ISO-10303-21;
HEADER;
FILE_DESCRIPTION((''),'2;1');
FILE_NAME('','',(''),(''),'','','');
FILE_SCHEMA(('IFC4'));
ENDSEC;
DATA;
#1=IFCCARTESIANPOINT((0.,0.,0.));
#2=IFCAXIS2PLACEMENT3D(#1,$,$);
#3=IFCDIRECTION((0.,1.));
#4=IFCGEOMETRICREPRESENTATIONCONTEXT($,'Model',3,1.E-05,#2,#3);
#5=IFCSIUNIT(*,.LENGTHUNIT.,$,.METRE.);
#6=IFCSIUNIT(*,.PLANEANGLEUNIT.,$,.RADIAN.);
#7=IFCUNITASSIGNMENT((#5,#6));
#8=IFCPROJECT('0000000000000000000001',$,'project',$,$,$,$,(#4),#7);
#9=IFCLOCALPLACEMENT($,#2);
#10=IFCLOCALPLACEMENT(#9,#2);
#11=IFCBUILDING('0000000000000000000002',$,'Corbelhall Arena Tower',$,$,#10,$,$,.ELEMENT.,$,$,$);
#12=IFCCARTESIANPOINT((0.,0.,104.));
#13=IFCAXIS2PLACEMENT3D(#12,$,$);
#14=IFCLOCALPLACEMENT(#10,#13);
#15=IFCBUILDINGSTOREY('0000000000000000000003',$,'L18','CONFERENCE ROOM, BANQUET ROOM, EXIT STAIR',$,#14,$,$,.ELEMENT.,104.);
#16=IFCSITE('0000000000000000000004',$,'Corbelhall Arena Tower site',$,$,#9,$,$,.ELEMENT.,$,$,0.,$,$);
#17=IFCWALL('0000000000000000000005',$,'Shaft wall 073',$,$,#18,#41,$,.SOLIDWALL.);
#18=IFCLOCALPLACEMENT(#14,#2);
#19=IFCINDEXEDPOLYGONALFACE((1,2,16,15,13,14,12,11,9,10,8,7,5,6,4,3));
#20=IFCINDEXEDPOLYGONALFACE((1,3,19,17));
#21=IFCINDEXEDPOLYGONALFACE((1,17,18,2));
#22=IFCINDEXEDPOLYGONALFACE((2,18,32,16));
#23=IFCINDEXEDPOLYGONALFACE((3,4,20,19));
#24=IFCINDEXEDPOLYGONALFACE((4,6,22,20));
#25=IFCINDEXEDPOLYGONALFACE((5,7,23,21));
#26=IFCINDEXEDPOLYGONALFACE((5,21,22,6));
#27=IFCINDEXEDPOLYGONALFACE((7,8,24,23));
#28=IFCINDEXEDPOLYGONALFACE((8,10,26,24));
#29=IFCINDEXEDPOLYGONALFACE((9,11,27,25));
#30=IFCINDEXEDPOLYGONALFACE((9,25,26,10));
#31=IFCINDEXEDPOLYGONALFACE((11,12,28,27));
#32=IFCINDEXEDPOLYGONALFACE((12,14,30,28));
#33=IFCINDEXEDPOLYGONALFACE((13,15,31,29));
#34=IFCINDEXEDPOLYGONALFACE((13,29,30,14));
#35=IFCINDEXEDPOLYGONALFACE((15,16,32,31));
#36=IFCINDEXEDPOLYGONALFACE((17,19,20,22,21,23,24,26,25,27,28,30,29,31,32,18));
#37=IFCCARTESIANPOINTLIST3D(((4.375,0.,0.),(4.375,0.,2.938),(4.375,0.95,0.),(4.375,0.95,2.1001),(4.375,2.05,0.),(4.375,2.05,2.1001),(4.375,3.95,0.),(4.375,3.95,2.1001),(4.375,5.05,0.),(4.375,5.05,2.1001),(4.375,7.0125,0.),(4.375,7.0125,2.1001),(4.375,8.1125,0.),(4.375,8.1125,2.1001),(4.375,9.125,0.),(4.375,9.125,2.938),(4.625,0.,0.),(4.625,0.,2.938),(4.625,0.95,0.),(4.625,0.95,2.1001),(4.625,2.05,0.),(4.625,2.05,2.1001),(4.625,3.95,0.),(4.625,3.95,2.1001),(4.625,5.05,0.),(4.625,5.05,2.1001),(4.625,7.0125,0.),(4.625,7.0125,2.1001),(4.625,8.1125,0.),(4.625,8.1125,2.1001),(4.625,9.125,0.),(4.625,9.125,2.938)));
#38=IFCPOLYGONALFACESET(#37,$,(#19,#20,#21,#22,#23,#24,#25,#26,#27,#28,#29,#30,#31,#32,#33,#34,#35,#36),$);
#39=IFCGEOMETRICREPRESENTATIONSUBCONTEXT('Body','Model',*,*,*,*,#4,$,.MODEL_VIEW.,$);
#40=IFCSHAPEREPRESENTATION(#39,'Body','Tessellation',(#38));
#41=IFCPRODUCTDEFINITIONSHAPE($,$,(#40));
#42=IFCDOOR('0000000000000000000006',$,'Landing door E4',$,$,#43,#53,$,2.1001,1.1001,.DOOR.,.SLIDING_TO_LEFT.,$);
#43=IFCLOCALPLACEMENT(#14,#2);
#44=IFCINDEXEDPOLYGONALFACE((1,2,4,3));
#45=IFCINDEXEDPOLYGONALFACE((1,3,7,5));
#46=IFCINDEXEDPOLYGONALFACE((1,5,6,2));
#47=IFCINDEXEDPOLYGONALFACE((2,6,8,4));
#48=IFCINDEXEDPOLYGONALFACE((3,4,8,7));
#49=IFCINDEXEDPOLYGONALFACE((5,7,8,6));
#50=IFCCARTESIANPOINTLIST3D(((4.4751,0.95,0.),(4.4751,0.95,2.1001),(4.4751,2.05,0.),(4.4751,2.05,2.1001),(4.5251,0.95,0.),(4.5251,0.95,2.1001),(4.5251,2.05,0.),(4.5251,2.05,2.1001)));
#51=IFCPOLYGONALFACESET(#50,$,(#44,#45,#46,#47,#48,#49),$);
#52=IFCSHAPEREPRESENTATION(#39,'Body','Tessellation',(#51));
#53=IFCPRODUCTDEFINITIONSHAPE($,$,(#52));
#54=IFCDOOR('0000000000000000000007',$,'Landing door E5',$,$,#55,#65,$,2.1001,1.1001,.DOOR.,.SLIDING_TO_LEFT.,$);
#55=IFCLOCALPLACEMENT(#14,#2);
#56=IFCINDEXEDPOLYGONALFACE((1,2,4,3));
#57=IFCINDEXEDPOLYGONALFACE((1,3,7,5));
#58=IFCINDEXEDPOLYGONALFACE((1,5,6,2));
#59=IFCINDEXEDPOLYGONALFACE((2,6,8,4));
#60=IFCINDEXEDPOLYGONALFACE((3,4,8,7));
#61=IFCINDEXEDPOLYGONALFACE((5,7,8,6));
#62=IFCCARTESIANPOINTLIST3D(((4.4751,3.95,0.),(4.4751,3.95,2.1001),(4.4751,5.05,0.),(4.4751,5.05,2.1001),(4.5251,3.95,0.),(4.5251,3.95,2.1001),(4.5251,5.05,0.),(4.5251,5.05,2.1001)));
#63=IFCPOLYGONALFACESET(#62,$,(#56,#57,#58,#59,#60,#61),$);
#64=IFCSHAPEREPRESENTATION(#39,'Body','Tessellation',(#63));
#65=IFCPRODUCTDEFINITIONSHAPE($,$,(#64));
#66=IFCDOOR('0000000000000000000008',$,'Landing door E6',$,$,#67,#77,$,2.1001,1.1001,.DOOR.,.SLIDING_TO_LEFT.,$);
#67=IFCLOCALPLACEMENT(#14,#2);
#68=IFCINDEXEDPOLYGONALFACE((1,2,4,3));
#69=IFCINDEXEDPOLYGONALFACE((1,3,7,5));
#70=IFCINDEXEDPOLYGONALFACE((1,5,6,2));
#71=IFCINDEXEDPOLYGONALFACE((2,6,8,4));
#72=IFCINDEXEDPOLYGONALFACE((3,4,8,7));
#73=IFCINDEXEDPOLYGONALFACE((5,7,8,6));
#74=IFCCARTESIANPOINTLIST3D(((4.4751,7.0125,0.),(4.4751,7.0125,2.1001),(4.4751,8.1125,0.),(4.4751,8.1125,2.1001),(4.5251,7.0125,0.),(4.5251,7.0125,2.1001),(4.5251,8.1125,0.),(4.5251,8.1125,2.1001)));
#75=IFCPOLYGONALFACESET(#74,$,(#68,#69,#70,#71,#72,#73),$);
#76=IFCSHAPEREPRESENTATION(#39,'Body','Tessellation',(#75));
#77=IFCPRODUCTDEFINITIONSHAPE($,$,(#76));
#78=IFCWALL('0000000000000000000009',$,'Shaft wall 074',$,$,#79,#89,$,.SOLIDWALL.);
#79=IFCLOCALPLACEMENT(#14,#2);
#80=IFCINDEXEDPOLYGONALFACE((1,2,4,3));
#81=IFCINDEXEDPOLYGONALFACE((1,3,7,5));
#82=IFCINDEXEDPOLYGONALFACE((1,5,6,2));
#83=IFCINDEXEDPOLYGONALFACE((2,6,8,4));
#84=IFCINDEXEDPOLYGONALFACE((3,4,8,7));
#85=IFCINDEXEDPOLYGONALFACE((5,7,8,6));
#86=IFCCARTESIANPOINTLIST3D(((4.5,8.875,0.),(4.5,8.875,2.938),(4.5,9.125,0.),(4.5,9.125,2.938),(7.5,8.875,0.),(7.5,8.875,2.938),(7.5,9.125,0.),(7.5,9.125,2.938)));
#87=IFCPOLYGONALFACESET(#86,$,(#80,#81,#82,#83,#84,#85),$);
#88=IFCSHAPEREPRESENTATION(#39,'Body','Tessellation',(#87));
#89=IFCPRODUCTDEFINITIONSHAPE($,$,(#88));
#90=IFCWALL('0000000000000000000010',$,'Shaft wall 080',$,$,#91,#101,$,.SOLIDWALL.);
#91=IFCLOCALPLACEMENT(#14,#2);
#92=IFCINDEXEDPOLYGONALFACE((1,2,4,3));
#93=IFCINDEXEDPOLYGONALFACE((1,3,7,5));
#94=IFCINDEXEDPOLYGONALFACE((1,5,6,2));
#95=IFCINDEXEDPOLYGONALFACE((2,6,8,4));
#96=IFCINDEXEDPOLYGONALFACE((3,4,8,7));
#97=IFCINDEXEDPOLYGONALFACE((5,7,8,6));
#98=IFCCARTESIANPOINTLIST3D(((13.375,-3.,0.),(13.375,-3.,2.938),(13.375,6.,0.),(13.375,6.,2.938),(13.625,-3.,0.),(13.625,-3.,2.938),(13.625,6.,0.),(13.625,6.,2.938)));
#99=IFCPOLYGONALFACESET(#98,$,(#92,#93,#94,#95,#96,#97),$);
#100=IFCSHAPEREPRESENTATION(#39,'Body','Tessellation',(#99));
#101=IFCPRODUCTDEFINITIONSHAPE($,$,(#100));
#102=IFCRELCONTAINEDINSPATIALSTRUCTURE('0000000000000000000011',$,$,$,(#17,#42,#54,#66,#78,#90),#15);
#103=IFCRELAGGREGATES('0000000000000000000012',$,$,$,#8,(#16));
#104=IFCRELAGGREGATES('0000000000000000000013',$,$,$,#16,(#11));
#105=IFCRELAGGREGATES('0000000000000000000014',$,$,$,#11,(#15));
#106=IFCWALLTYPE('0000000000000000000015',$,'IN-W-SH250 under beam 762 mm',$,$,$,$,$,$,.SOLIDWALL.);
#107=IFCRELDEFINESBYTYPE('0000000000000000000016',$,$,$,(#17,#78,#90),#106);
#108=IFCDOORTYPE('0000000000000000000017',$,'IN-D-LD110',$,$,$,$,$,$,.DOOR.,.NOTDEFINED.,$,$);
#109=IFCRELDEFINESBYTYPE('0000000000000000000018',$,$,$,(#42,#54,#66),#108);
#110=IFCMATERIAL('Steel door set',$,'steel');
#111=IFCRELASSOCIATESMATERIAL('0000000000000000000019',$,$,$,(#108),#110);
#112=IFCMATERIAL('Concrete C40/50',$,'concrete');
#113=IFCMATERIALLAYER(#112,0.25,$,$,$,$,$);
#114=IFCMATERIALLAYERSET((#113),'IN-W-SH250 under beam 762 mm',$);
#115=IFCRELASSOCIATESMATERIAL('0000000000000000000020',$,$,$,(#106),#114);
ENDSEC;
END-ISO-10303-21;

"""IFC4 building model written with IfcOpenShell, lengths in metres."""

from ifc_helpers import new_model, si_unit, direction, frame, frame_2d, origin, place, context, subcontext, project, spatial, rectangle, extrude, material, layer, layer_set, type_object, element, fill, save


model = new_model("IFC4")

# Units and contexts
model_context = context("Model", 3, precision=1e-05, world=origin(), true_north=direction((0.0, 1.0)))
body_context = subcontext(model_context, "Body", "Model", "MODEL_VIEW")
ifc_project = project(units=[si_unit("LENGTHUNIT", "METRE"), si_unit("PLANEANGLEUNIT", "RADIAN")], contexts=[model_context])

# Site, building, storey
site_placement = place(None, origin())
site = spatial("IfcSite", under=ifc_project, at=site_placement, Name="Corbelhall Arena Tower site", CompositionType="ELEMENT", RefElevation=0.0)
building_placement = place(site_placement, origin())
building = spatial("IfcBuilding", under=site, at=building_placement, Name="Corbelhall Arena Tower", CompositionType="ELEMENT")
storey_placement = place(building_placement, frame((0.0, 0.0, 104.0)))
storey = spatial("IfcBuildingStorey", under=building, at=storey_placement, Name="L18", Description="CONFERENCE ROOM, BANQUET ROOM, EXIT STAIR", CompositionType="ELEMENT", Elevation=104.0)

# Shared definitions
ifc_material_1 = material(Name="Concrete C40/50", Category="concrete")

# Shared definitions
ifc_material_2 = material(Name="Steel door set", Category="steel")

# Shared definitions
door_type_1 = type_object("IfcDoorType", Name="IN-D-LD110", OperationType="NOTDEFINED", PredefinedType="DOOR", material=ifc_material_2)

# Wall, openings, doors
ifc_layer_1 = layer(ifc_material_1, 0.25)
ifc_layer_set_1 = layer_set([ifc_layer_1], Name="IN-W-SH250 under beam 762 mm")
wall_type_1 = type_object("IfcWallType", Name="IN-W-SH250 under beam 762 mm", PredefinedType="SOLIDWALL", material=ifc_layer_set_1)
wall_1_placement = place(storey_placement, frame((4.5, 0.0, 0.0), z_axis=(0.0, 0.0, 1.0), x_axis=(0.0, 1.0, 0.0)))
wall_1 = element("IfcWall", 1, at=wall_1_placement, inside=storey, type_object=wall_type_1, Name="Shaft wall 073", PredefinedType="SOLIDWALL", context=body_context, shape_type="SweptSolid", body=[
    extrude(rectangle(XDim=9.125, YDim=0.25, at=frame_2d((4.5625, 0.0))), origin(), (0.0, 0.0, 1.0), 2.938),
])
opening_1_placement = place(wall_1_placement, frame((0.95, 0.0, 0.0)))
opening_1 = element("IfcOpeningElement", 2, at=opening_1_placement, cuts=wall_1, PredefinedType="OPENING", context=body_context, shape_type="SweptSolid", body=[
    extrude(rectangle(XDim=1.1001, YDim=2.1001, at=frame_2d((0.55, 1.05))), frame((0.0, 0.125, 0.0), z_axis=(0.0, -1.0, 0.0), x_axis=(1.0, 0.0, 0.0)), (0.0, 0.0, 1.0), 0.25),
])
opening_2_placement = place(wall_1_placement, frame((3.95, 0.0, 0.0)))
opening_2 = element("IfcOpeningElement", 3, at=opening_2_placement, cuts=wall_1, PredefinedType="OPENING", context=body_context, shape_type="SweptSolid", body=[
    extrude(rectangle(XDim=1.1001, YDim=2.1001, at=frame_2d((0.55, 1.05))), frame((0.0, 0.125, 0.0), z_axis=(0.0, -1.0, 0.0), x_axis=(1.0, 0.0, 0.0)), (0.0, 0.0, 1.0), 0.25),
])
opening_3_placement = place(wall_1_placement, frame((7.0125, 0.0, 0.0)))
opening_3 = element("IfcOpeningElement", 4, at=opening_3_placement, cuts=wall_1, PredefinedType="OPENING", context=body_context, shape_type="SweptSolid", body=[
    extrude(rectangle(XDim=1.1001, YDim=2.1001, at=frame_2d((0.55, 1.05))), frame((0.0, 0.125, 0.0), z_axis=(0.0, -1.0, 0.0), x_axis=(1.0, 0.0, 0.0)), (0.0, 0.0, 1.0), 0.25),
])
door_1_placement = place(opening_1_placement, origin())
door_1 = element("IfcDoor", 5, at=door_1_placement, inside=storey, type_object=door_type_1, Name="Landing door E4", OperationType="SLIDING_TO_LEFT", OverallHeight=2.1001, OverallWidth=1.1001, PredefinedType="DOOR", context=body_context, shape_type="SweptSolid", body=[
    extrude(rectangle(XDim=1.1001, YDim=2.1001, at=frame_2d((0.55, 1.05))), frame((0.0, 0.0249, 0.0), z_axis=(0.0, -1.0, 0.0), x_axis=(1.0, 0.0, 0.0)), (0.0, 0.0, 1.0), 0.05),
])
fill(opening_1, door_1)
door_2_placement = place(opening_2_placement, origin())
door_2 = element("IfcDoor", 6, at=door_2_placement, inside=storey, type_object=door_type_1, Name="Landing door E5", OperationType="SLIDING_TO_LEFT", OverallHeight=2.1001, OverallWidth=1.1001, PredefinedType="DOOR", context=body_context, shape_type="SweptSolid", body=[
    extrude(rectangle(XDim=1.1001, YDim=2.1001, at=frame_2d((0.55, 1.05))), frame((0.0, 0.0249, 0.0), z_axis=(0.0, -1.0, 0.0), x_axis=(1.0, 0.0, 0.0)), (0.0, 0.0, 1.0), 0.05),
])
fill(opening_2, door_2)
door_3_placement = place(opening_3_placement, origin())
door_3 = element("IfcDoor", 7, at=door_3_placement, inside=storey, type_object=door_type_1, Name="Landing door E6", OperationType="SLIDING_TO_LEFT", OverallHeight=2.1001, OverallWidth=1.1001, PredefinedType="DOOR", context=body_context, shape_type="SweptSolid", body=[
    extrude(rectangle(XDim=1.1001, YDim=2.1001, at=frame_2d((0.55, 1.05))), frame((0.0, 0.0249, 0.0), z_axis=(0.0, -1.0, 0.0), x_axis=(1.0, 0.0, 0.0)), (0.0, 0.0, 1.0), 0.05),
])
fill(opening_3, door_3)

# Walls
wall_2_placement = place(storey_placement, frame((4.5, 9.0, 0.0), z_axis=(0.0, 0.0, 1.0), x_axis=(1.0, 0.0, 0.0)))
element("IfcWall", 8, at=wall_2_placement, inside=storey, type_object=wall_type_1, Name="Shaft wall 074", PredefinedType="SOLIDWALL", context=body_context, shape_type="SweptSolid", body=[
    extrude(rectangle(XDim=3.0, YDim=0.25, at=frame_2d((1.5, 0.0))), origin(), (0.0, 0.0, 1.0), 2.938),
])
wall_3_placement = place(storey_placement, frame((13.5, 6.0, 0.0), z_axis=(0.0, 0.0, 1.0), x_axis=(0.0, -1.0, 0.0)))
element("IfcWall", 9, at=wall_3_placement, inside=storey, type_object=wall_type_1, Name="Shaft wall 080", PredefinedType="SOLIDWALL", context=body_context, shape_type="SweptSolid", body=[
    extrude(rectangle(XDim=9.0, YDim=0.25, at=frame_2d((4.5, 0.0))), origin(), (0.0, 0.0, 1.0), 2.938),
])

save(model, "model.ifc")
